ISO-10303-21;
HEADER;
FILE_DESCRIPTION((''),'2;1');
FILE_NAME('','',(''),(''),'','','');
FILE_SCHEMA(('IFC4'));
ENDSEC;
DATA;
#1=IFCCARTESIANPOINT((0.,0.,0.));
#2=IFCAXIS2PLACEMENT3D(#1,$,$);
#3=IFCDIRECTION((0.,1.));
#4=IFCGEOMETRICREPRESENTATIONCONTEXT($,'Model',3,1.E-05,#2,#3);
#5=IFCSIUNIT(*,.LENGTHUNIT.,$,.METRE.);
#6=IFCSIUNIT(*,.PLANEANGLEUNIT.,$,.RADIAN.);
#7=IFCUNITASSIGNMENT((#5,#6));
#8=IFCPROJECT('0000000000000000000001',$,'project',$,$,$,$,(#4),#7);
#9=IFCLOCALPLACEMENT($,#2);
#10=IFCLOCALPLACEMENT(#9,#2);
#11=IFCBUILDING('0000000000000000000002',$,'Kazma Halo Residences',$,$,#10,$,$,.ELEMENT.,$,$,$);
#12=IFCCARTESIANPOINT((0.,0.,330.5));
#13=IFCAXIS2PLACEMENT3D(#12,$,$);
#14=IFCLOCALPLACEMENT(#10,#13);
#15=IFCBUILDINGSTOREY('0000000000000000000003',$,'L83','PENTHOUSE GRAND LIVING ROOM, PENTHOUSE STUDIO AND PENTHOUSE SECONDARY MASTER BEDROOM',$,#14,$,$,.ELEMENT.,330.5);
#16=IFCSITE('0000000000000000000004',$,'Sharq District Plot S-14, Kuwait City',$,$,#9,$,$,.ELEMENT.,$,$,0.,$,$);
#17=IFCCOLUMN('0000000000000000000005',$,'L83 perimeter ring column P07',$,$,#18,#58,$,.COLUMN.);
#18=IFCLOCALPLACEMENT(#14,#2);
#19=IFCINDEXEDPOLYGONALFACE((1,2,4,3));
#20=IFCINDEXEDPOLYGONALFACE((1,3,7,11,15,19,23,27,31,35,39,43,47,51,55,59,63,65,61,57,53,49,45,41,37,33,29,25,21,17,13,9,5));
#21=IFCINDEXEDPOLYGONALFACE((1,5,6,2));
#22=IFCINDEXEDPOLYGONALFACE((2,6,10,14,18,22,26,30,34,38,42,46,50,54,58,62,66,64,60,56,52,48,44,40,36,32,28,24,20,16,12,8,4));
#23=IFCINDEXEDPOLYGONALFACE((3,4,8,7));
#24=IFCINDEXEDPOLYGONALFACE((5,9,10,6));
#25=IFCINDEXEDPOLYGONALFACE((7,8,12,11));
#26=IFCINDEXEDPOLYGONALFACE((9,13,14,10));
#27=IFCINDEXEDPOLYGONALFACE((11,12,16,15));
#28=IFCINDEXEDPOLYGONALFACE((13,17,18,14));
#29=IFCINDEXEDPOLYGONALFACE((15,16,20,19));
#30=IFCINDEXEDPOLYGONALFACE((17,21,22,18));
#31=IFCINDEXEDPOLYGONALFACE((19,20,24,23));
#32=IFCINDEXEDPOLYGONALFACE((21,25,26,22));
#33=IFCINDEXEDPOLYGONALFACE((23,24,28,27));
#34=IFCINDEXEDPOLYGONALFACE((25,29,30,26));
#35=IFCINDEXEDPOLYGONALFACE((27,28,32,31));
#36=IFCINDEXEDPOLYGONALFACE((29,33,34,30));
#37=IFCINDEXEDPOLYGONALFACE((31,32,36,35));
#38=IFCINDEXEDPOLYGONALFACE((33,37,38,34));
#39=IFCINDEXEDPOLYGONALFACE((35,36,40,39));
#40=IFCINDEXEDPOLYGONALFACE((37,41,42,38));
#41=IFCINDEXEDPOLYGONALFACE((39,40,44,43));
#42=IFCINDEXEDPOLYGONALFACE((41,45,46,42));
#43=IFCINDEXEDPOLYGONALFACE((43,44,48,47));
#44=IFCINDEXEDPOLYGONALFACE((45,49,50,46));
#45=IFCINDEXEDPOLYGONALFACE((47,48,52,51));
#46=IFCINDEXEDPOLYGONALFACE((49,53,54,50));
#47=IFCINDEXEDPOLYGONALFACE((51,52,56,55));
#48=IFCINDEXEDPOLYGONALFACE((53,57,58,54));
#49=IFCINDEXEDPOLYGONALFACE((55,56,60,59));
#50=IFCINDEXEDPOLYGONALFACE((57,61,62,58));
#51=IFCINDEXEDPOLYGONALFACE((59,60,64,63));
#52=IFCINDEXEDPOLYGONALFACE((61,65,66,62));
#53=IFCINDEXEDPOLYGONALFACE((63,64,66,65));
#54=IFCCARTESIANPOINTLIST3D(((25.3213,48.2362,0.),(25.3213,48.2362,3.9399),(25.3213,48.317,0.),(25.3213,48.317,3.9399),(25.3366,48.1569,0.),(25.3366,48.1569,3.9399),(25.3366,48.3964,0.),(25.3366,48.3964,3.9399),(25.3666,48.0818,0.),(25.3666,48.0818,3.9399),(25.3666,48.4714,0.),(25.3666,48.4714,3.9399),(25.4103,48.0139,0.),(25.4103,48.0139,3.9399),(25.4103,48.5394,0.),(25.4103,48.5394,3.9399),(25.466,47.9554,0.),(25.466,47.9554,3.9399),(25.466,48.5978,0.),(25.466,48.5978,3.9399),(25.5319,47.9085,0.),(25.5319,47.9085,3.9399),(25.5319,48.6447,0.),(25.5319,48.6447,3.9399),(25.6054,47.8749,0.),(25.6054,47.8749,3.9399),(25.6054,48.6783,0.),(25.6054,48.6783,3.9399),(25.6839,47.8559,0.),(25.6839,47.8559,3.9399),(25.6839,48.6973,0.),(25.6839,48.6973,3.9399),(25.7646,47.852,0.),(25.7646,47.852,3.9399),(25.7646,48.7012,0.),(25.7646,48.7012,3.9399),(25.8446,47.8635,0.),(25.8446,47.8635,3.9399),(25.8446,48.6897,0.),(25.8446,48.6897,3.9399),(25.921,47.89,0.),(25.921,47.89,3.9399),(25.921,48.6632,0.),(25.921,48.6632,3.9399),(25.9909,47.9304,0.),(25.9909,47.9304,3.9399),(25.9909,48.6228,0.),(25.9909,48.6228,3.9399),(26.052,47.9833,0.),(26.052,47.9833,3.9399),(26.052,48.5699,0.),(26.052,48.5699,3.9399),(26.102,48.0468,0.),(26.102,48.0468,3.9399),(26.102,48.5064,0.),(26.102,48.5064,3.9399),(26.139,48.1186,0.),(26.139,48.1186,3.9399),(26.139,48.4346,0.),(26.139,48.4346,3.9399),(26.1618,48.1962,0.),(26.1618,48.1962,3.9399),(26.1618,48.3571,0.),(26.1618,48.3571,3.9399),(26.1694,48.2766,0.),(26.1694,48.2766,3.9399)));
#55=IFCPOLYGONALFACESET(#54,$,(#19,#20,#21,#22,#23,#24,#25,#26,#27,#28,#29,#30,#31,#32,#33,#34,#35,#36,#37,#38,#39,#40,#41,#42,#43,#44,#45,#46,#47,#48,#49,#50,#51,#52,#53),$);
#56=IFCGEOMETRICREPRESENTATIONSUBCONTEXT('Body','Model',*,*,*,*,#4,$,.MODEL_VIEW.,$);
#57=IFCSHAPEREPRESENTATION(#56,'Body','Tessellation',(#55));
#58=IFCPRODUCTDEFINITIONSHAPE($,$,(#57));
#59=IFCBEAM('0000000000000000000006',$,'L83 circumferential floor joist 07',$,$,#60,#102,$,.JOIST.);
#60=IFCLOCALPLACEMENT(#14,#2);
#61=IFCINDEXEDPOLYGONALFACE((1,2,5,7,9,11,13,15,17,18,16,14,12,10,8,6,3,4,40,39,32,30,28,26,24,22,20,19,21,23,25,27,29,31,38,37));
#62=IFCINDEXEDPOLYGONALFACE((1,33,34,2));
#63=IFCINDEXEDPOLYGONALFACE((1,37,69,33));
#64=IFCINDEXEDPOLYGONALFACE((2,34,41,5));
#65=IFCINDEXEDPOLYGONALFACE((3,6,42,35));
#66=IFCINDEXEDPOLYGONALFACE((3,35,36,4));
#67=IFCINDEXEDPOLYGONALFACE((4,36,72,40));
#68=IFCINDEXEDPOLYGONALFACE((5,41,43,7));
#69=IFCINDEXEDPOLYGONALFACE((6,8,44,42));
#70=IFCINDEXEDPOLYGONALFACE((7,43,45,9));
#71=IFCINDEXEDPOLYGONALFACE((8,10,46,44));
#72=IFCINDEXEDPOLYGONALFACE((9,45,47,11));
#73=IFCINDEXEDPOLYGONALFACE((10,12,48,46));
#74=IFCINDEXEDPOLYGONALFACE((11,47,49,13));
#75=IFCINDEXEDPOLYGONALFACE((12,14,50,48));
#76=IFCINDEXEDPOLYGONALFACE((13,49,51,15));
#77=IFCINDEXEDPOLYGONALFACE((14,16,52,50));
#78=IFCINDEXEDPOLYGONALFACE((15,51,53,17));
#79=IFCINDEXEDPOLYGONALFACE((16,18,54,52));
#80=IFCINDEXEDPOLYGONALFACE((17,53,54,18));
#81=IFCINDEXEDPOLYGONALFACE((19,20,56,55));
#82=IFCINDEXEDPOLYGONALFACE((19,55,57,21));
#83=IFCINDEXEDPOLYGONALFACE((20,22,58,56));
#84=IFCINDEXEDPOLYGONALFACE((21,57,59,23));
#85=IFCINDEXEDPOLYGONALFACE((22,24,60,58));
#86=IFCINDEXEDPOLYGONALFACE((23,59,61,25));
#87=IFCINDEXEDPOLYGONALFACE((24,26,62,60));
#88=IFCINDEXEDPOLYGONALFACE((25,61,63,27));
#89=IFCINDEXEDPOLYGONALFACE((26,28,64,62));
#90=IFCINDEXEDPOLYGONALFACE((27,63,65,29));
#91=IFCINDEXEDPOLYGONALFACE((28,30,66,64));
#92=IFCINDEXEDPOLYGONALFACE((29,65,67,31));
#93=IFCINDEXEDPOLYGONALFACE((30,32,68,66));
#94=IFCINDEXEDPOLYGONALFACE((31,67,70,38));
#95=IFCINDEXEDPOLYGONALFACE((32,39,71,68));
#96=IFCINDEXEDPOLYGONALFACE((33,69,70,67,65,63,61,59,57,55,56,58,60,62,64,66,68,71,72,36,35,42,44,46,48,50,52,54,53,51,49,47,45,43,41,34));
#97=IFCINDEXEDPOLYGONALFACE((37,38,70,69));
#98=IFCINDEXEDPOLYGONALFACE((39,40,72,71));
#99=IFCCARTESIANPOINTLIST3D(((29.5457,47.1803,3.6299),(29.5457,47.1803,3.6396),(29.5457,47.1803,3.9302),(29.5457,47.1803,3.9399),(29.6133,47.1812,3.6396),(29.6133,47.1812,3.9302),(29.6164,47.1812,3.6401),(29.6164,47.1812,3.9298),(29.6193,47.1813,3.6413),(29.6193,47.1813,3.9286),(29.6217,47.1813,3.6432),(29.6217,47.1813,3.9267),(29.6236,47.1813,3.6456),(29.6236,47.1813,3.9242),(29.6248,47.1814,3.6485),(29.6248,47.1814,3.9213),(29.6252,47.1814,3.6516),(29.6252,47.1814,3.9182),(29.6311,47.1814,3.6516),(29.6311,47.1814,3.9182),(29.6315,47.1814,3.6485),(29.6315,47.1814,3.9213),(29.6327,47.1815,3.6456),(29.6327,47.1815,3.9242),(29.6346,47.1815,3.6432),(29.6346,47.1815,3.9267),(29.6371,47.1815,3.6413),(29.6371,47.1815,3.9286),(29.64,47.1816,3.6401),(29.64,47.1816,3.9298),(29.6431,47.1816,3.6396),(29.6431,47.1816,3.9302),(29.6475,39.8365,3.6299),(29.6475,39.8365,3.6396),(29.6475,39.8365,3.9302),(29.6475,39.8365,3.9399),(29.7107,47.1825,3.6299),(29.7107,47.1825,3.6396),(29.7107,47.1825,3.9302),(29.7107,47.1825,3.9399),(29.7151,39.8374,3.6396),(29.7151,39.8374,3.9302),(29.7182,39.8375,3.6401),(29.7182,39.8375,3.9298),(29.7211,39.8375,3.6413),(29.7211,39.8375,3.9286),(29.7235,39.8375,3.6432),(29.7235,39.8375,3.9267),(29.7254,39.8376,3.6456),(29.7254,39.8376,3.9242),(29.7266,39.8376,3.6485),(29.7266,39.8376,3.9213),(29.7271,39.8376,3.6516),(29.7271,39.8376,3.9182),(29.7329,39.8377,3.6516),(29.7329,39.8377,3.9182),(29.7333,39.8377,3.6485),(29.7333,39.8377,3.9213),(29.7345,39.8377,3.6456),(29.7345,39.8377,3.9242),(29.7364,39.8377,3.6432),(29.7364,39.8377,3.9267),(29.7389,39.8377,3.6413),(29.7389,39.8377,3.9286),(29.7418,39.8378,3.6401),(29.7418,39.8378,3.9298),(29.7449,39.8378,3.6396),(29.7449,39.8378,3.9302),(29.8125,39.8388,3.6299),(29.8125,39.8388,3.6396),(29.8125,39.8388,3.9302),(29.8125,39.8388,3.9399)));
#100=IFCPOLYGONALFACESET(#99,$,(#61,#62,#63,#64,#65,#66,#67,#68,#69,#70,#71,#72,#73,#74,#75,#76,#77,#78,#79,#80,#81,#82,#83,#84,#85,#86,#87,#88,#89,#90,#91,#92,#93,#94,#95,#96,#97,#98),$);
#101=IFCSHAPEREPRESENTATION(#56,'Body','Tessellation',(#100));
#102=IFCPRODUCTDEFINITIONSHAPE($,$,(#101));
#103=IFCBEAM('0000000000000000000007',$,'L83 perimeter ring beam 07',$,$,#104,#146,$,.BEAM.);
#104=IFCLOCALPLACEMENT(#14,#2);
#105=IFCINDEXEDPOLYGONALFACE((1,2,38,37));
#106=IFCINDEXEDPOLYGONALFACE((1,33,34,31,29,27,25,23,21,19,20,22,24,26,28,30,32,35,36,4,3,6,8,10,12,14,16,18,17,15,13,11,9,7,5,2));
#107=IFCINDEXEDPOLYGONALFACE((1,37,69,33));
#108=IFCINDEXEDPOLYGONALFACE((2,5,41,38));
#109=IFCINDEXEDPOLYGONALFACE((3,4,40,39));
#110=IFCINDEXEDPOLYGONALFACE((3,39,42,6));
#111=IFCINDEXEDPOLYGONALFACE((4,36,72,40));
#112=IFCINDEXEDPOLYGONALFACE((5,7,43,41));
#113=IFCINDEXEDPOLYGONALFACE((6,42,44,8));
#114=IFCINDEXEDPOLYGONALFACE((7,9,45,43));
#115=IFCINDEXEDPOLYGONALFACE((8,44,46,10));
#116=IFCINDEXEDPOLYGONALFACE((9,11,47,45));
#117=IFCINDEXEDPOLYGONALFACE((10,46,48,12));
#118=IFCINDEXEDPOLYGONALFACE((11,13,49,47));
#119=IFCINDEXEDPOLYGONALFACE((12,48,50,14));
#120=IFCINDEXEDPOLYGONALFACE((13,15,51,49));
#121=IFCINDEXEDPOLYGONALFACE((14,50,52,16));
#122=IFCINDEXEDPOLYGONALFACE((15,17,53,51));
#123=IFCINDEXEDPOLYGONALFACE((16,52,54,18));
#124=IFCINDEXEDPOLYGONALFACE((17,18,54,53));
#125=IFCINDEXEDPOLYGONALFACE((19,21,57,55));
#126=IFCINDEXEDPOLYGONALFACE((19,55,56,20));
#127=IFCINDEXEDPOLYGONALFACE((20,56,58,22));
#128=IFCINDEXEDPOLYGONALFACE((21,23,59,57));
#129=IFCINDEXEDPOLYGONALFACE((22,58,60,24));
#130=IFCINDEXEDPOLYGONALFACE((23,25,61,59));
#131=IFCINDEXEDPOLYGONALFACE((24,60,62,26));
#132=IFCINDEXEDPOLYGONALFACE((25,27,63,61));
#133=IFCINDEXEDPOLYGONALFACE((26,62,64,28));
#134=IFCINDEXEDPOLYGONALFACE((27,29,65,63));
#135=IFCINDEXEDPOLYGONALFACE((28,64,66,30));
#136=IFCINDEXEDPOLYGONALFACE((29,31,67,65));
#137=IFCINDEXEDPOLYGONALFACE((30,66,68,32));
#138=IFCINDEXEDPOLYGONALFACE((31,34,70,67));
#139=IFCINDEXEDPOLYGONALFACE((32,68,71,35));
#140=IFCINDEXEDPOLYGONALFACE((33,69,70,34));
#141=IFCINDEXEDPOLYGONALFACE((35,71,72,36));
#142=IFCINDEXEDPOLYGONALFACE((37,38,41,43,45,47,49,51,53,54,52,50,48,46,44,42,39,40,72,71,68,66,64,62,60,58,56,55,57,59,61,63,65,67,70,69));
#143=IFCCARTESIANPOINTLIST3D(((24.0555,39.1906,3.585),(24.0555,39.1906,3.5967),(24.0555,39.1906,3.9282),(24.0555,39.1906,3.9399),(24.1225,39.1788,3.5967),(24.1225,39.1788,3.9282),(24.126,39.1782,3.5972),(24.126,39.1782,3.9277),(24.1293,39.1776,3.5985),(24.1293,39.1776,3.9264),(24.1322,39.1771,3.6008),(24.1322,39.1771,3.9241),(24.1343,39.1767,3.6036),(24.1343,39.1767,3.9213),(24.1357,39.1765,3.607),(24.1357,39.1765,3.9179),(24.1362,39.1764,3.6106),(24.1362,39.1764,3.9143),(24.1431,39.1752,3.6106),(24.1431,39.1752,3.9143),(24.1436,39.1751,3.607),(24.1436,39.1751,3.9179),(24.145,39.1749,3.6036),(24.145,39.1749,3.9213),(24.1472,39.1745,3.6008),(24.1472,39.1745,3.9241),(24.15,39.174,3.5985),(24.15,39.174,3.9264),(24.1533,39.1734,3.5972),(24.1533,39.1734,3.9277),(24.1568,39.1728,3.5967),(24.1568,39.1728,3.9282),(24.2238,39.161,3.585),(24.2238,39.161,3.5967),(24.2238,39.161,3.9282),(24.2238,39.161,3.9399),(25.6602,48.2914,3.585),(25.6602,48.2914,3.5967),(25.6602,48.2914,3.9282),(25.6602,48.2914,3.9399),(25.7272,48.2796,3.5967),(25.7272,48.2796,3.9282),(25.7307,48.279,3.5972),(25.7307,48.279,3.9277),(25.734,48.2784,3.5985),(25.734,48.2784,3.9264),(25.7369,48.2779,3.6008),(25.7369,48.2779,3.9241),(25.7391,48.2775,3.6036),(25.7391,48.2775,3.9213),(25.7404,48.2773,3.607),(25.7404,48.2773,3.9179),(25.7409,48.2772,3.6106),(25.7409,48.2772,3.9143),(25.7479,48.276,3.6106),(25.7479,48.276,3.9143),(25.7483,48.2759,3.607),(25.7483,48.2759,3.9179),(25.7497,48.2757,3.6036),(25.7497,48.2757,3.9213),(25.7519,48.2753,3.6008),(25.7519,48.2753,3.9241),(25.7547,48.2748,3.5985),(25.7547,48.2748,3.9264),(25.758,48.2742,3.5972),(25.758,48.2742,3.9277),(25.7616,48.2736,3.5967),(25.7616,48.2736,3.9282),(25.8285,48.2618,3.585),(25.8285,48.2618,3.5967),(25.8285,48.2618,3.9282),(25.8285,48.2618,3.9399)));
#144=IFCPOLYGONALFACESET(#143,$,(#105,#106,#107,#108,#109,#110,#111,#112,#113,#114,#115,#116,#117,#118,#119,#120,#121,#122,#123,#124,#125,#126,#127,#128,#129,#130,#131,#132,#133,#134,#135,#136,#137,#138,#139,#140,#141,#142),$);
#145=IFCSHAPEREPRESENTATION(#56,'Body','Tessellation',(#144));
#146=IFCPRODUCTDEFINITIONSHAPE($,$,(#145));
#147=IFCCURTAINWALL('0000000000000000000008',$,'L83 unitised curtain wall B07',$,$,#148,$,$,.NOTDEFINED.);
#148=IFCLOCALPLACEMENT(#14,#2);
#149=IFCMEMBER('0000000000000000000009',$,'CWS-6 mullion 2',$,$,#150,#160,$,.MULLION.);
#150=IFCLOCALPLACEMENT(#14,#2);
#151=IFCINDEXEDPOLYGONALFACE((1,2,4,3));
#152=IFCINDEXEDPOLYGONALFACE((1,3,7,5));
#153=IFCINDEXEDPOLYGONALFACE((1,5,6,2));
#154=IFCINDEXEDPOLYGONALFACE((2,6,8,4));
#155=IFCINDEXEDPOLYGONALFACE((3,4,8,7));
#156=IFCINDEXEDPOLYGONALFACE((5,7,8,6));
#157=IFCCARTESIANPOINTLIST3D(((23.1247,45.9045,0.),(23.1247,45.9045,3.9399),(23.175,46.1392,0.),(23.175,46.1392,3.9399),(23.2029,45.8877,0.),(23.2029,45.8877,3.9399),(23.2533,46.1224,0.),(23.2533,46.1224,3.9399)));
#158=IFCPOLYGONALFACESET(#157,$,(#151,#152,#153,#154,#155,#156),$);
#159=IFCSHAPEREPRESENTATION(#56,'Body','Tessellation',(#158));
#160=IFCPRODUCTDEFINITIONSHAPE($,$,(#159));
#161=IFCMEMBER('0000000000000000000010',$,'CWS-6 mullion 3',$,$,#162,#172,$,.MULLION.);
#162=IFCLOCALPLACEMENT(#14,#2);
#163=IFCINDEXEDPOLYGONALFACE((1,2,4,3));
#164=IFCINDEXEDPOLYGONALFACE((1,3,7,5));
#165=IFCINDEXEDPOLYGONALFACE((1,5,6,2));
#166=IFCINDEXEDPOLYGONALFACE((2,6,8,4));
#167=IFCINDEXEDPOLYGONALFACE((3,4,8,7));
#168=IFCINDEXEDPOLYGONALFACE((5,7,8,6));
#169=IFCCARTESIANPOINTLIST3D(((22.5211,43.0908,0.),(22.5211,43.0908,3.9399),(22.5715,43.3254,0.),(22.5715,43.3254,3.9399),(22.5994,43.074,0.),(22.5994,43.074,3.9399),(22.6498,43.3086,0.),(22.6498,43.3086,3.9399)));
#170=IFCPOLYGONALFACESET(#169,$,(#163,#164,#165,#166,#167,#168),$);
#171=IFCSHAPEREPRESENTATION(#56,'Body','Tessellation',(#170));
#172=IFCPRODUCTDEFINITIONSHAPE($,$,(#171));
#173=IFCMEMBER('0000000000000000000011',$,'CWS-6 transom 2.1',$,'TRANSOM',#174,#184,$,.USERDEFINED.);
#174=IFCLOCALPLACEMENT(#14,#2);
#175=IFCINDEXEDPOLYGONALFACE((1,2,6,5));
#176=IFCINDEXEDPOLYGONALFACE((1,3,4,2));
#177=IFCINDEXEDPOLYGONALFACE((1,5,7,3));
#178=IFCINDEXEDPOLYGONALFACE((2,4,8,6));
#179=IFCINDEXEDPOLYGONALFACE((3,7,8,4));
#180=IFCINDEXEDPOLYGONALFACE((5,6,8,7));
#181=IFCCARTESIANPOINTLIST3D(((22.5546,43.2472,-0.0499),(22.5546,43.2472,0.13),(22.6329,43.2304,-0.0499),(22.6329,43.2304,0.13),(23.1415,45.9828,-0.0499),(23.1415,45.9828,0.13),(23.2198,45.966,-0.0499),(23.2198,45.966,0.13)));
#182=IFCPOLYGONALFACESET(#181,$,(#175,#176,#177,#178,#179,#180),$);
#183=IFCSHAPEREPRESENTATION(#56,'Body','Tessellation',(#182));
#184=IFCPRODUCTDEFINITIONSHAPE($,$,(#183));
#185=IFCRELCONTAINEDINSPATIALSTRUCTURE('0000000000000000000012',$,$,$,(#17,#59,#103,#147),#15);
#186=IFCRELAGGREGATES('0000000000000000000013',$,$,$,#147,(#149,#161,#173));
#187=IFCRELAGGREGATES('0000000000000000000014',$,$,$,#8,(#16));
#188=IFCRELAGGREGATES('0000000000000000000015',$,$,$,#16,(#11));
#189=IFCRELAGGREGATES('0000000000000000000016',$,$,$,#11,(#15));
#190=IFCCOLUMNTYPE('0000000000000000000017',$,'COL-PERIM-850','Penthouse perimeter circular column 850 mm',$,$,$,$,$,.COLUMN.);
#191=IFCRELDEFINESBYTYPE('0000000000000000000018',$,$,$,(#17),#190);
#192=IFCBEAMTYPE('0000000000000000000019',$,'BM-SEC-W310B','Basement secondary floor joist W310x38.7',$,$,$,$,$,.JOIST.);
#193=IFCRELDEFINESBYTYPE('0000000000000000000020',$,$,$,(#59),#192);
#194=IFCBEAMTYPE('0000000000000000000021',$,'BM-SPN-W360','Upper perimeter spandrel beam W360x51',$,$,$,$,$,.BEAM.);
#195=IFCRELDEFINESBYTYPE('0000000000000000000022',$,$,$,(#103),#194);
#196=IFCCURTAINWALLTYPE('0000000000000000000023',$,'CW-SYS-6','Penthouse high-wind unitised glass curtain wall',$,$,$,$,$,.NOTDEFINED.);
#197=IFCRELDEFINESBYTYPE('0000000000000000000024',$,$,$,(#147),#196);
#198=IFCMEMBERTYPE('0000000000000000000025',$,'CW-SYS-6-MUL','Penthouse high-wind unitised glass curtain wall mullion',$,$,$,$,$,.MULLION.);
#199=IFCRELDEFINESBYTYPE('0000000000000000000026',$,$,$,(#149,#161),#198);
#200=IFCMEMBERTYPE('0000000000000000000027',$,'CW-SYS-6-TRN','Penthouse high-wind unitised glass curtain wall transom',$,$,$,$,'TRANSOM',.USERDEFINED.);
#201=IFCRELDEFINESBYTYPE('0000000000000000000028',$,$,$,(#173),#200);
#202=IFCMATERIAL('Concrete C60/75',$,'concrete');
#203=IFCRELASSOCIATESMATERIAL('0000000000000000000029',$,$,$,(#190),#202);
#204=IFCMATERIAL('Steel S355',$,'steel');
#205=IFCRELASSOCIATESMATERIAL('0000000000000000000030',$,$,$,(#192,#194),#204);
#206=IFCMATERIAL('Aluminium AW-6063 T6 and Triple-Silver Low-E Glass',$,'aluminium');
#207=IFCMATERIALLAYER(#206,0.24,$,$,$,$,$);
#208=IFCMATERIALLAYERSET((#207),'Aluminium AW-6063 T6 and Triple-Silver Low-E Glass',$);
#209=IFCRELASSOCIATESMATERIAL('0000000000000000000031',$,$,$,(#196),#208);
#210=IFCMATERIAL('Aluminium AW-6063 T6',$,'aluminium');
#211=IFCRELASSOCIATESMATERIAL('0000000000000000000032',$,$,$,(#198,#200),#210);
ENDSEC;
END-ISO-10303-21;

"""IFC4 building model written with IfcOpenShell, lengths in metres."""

from ifc_helpers import new_model, si_unit, direction, frame, origin, origin_2d, place, context, subcontext, project, spatial, rectangle, circle, i_section, extrude, material, layer, layer_set, material_profile, profile_set, type_object, element, aggregate, save


model = new_model("IFC4")

# Units and contexts
model_context = context("Model", 3, precision=1e-05, world=origin(), true_north=direction((0.0, 1.0)))
body_context = subcontext(model_context, "Body", "Model", "MODEL_VIEW")
ifc_project = project(units=[si_unit("LENGTHUNIT", "METRE"), si_unit("PLANEANGLEUNIT", "RADIAN")], contexts=[model_context])

# Site, building, storey
site_placement = place(None, origin())
site = spatial("IfcSite", under=ifc_project, at=site_placement, Name="Sharq District Plot S-14, Kuwait City", CompositionType="ELEMENT", RefElevation=0.0)
building_placement = place(site_placement, origin())
building = spatial("IfcBuilding", under=site, at=building_placement, Name="Kazma Halo Residences", CompositionType="ELEMENT")
storey_placement = place(building_placement, frame((0.0, 0.0, 330.5)))
storey = spatial("IfcBuildingStorey", under=building, at=storey_placement, Name="L83", Description="PENTHOUSE GRAND LIVING ROOM, PENTHOUSE STUDIO AND PENTHOUSE SECONDARY MASTER BEDROOM", CompositionType="ELEMENT", Elevation=330.5)

# Column
ifc_material_1 = material(Name="Concrete C60/75", Category="concrete")
ifc_material_profile_1 = material_profile(ifc_material_1, circle(Radius=0.425, at=origin_2d()), Name="CIRC850")
ifc_profile_set_1 = profile_set([ifc_material_profile_1], Name="Concrete C60/75")
column_type = type_object("IfcColumnType", Name="COL-PERIM-850", Description="Penthouse perimeter circular column 850 mm", PredefinedType="COLUMN", material=ifc_profile_set_1)
column_placement = place(storey_placement, frame((25.7444, 48.2766, 0.0), z_axis=(0.0, 0.0, 1.0), x_axis=(1.0, 0.0, 0.0)))
element("IfcColumn", 1, at=column_placement, inside=storey, type_object=column_type, Name="L83 perimeter ring column P07", PredefinedType="COLUMN", context=body_context, shape_type="SweptSolid", body=[
    extrude(circle(Radius=0.425, at=origin_2d()), origin(), (0.0, 0.0, 1.0), 3.9399),
])

# Beams
ifc_material_2 = material(Name="Steel S355", Category="steel")
ifc_material_profile_2 = material_profile(ifc_material_2, i_section(OverallWidth=0.165, OverallDepth=0.3101, WebThickness=0.0059, FlangeThickness=0.0098, FilletRadius=0.012, at=origin_2d()), Name="W310x38.7")
ifc_profile_set_2 = profile_set([ifc_material_profile_2], Name="Steel S355")
beam_type_1 = type_object("IfcBeamType", Name="BM-SEC-W310B", Description="Basement secondary floor joist W310x38.7", PredefinedType="JOIST", material=ifc_profile_set_2)
beam_1_placement = place(storey_placement, frame((29.6282, 47.1814, 3.7849), z_axis=(0.013862, -0.999904, 0.0), x_axis=(0.999904, 0.013862, 0.0)))
element("IfcBeam", 2, at=beam_1_placement, inside=storey, type_object=beam_type_1, Name="L83 circumferential floor joist 07", PredefinedType="JOIST", context=body_context, shape_type="SweptSolid", body=[
    extrude(i_section(OverallWidth=0.165, OverallDepth=0.3101, WebThickness=0.0059, FlangeThickness=0.0098, FilletRadius=0.012, at=origin_2d()), origin(), (0.0, 0.0, 1.0), 7.3445),
])
ifc_material_profile_3 = material_profile(ifc_material_2, i_section(OverallWidth=0.1709, OverallDepth=0.355, WebThickness=0.0071, FlangeThickness=0.0117, FilletRadius=0.0139, at=origin_2d()), Name="W360x51")
ifc_profile_set_3 = profile_set([ifc_material_profile_3], Name="Steel S355")
beam_type_2 = type_object("IfcBeamType", Name="BM-SPN-W360", Description="Upper perimeter spandrel beam W360x51", PredefinedType="BEAM", material=ifc_profile_set_3)
beam_2_placement = place(storey_placement, frame((25.7444, 48.2766, 3.7625), z_axis=(-0.17365, -0.984807, 0.0), x_axis=(0.984807, -0.17365, 0.0)))
element("IfcBeam", 3, at=beam_2_placement, inside=storey, type_object=beam_type_2, Name="L83 perimeter ring beam 07", PredefinedType="BEAM", context=body_context, shape_type="SweptSolid", body=[
    extrude(i_section(OverallWidth=0.1709, OverallDepth=0.355, WebThickness=0.0071, FlangeThickness=0.0117, FilletRadius=0.0139, at=origin_2d()), origin(), (0.0, 0.0, 1.0), 9.2412),
])

# Curtain wall, members
ifc_material_3 = material(Name="Aluminium AW-6063 T6 and Triple-Silver Low-E Glass", Category="aluminium")
ifc_layer_1 = layer(ifc_material_3, 0.24)
ifc_layer_set_1 = layer_set([ifc_layer_1], Name="Aluminium AW-6063 T6 and Triple-Silver Low-E Glass")
curtain_wall_type = type_object("IfcCurtainWallType", Name="CW-SYS-6", Description="Penthouse high-wind unitised glass curtain wall", PredefinedType="NOTDEFINED", material=ifc_layer_set_1)
curtain_wall_placement = place(storey_placement, origin())
curtain_wall = element("IfcCurtainWall", 4, at=curtain_wall_placement, inside=storey, type_object=curtain_wall_type, Name="L83 unitised curtain wall B07", PredefinedType="NOTDEFINED")
ifc_material_4 = material(Name="Aluminium AW-6063 T6", Category="aluminium")
ifc_material_profile_4 = material_profile(ifc_material_4, rectangle(XDim=0.0801, YDim=0.24, at=origin_2d()), Name="CWM-80x240")
ifc_profile_set_4 = profile_set([ifc_material_profile_4], Name="Aluminium AW-6063 T6")
member_type_1 = type_object("IfcMemberType", Name="CW-SYS-6-MUL", Description="Penthouse high-wind unitised glass curtain wall mullion", PredefinedType="MULLION", material=ifc_profile_set_4)
member_1_placement = place(storey_placement, frame((23.189, 46.0134, 0.0), z_axis=(0.0, 0.0, 1.0), x_axis=(0.977761, -0.209723, 0.0)))
member_1 = element("IfcMember", 5, at=member_1_placement, type_object=member_type_1, Name="CWS-6 mullion 2", PredefinedType="MULLION", context=body_context, shape_type="SweptSolid", body=[
    extrude(rectangle(XDim=0.0801, YDim=0.24, at=origin_2d()), origin(), (0.0, 0.0, 1.0), 3.9399),
])
member_2_placement = place(storey_placement, frame((22.5854, 43.1997, 0.0), z_axis=(0.0, 0.0, 1.0), x_axis=(0.977761, -0.209723, 0.0)))
member_2 = element("IfcMember", 6, at=member_2_placement, type_object=member_type_1, Name="CWS-6 mullion 3", PredefinedType="MULLION", context=body_context, shape_type="SweptSolid", body=[
    extrude(rectangle(XDim=0.0801, YDim=0.24, at=origin_2d()), origin(), (0.0, 0.0, 1.0), 3.9399),
])
ifc_material_profile_5 = material_profile(ifc_material_4, rectangle(XDim=0.0801, YDim=0.1799, at=origin_2d()), Name="CWT-80x180")
ifc_profile_set_5 = profile_set([ifc_material_profile_5], Name="Aluminium AW-6063 T6")
member_type_2 = type_object("IfcMemberType", Name="CW-SYS-6-TRN", Description="Penthouse high-wind unitised glass curtain wall transom", ElementType="TRANSOM", PredefinedType="USERDEFINED", material=ifc_profile_set_5)
member_3_placement = place(storey_placement, frame((23.1807, 45.9744, 0.04), z_axis=(-0.209773, -0.97775, 0.0), x_axis=(0.97775, -0.209773, 0.0)))
member_3 = element("IfcMember", 7, at=member_3_placement, type_object=member_type_2, Name="CWS-6 transom 2.1", ObjectType="TRANSOM", PredefinedType="USERDEFINED", context=body_context, shape_type="SweptSolid", body=[
    extrude(rectangle(XDim=0.0801, YDim=0.1799, at=origin_2d()), origin(), (0.0, 0.0, 1.0), 2.7979),
])
aggregate(curtain_wall, [member_1, member_2, member_3])

save(model, "model.ifc")
